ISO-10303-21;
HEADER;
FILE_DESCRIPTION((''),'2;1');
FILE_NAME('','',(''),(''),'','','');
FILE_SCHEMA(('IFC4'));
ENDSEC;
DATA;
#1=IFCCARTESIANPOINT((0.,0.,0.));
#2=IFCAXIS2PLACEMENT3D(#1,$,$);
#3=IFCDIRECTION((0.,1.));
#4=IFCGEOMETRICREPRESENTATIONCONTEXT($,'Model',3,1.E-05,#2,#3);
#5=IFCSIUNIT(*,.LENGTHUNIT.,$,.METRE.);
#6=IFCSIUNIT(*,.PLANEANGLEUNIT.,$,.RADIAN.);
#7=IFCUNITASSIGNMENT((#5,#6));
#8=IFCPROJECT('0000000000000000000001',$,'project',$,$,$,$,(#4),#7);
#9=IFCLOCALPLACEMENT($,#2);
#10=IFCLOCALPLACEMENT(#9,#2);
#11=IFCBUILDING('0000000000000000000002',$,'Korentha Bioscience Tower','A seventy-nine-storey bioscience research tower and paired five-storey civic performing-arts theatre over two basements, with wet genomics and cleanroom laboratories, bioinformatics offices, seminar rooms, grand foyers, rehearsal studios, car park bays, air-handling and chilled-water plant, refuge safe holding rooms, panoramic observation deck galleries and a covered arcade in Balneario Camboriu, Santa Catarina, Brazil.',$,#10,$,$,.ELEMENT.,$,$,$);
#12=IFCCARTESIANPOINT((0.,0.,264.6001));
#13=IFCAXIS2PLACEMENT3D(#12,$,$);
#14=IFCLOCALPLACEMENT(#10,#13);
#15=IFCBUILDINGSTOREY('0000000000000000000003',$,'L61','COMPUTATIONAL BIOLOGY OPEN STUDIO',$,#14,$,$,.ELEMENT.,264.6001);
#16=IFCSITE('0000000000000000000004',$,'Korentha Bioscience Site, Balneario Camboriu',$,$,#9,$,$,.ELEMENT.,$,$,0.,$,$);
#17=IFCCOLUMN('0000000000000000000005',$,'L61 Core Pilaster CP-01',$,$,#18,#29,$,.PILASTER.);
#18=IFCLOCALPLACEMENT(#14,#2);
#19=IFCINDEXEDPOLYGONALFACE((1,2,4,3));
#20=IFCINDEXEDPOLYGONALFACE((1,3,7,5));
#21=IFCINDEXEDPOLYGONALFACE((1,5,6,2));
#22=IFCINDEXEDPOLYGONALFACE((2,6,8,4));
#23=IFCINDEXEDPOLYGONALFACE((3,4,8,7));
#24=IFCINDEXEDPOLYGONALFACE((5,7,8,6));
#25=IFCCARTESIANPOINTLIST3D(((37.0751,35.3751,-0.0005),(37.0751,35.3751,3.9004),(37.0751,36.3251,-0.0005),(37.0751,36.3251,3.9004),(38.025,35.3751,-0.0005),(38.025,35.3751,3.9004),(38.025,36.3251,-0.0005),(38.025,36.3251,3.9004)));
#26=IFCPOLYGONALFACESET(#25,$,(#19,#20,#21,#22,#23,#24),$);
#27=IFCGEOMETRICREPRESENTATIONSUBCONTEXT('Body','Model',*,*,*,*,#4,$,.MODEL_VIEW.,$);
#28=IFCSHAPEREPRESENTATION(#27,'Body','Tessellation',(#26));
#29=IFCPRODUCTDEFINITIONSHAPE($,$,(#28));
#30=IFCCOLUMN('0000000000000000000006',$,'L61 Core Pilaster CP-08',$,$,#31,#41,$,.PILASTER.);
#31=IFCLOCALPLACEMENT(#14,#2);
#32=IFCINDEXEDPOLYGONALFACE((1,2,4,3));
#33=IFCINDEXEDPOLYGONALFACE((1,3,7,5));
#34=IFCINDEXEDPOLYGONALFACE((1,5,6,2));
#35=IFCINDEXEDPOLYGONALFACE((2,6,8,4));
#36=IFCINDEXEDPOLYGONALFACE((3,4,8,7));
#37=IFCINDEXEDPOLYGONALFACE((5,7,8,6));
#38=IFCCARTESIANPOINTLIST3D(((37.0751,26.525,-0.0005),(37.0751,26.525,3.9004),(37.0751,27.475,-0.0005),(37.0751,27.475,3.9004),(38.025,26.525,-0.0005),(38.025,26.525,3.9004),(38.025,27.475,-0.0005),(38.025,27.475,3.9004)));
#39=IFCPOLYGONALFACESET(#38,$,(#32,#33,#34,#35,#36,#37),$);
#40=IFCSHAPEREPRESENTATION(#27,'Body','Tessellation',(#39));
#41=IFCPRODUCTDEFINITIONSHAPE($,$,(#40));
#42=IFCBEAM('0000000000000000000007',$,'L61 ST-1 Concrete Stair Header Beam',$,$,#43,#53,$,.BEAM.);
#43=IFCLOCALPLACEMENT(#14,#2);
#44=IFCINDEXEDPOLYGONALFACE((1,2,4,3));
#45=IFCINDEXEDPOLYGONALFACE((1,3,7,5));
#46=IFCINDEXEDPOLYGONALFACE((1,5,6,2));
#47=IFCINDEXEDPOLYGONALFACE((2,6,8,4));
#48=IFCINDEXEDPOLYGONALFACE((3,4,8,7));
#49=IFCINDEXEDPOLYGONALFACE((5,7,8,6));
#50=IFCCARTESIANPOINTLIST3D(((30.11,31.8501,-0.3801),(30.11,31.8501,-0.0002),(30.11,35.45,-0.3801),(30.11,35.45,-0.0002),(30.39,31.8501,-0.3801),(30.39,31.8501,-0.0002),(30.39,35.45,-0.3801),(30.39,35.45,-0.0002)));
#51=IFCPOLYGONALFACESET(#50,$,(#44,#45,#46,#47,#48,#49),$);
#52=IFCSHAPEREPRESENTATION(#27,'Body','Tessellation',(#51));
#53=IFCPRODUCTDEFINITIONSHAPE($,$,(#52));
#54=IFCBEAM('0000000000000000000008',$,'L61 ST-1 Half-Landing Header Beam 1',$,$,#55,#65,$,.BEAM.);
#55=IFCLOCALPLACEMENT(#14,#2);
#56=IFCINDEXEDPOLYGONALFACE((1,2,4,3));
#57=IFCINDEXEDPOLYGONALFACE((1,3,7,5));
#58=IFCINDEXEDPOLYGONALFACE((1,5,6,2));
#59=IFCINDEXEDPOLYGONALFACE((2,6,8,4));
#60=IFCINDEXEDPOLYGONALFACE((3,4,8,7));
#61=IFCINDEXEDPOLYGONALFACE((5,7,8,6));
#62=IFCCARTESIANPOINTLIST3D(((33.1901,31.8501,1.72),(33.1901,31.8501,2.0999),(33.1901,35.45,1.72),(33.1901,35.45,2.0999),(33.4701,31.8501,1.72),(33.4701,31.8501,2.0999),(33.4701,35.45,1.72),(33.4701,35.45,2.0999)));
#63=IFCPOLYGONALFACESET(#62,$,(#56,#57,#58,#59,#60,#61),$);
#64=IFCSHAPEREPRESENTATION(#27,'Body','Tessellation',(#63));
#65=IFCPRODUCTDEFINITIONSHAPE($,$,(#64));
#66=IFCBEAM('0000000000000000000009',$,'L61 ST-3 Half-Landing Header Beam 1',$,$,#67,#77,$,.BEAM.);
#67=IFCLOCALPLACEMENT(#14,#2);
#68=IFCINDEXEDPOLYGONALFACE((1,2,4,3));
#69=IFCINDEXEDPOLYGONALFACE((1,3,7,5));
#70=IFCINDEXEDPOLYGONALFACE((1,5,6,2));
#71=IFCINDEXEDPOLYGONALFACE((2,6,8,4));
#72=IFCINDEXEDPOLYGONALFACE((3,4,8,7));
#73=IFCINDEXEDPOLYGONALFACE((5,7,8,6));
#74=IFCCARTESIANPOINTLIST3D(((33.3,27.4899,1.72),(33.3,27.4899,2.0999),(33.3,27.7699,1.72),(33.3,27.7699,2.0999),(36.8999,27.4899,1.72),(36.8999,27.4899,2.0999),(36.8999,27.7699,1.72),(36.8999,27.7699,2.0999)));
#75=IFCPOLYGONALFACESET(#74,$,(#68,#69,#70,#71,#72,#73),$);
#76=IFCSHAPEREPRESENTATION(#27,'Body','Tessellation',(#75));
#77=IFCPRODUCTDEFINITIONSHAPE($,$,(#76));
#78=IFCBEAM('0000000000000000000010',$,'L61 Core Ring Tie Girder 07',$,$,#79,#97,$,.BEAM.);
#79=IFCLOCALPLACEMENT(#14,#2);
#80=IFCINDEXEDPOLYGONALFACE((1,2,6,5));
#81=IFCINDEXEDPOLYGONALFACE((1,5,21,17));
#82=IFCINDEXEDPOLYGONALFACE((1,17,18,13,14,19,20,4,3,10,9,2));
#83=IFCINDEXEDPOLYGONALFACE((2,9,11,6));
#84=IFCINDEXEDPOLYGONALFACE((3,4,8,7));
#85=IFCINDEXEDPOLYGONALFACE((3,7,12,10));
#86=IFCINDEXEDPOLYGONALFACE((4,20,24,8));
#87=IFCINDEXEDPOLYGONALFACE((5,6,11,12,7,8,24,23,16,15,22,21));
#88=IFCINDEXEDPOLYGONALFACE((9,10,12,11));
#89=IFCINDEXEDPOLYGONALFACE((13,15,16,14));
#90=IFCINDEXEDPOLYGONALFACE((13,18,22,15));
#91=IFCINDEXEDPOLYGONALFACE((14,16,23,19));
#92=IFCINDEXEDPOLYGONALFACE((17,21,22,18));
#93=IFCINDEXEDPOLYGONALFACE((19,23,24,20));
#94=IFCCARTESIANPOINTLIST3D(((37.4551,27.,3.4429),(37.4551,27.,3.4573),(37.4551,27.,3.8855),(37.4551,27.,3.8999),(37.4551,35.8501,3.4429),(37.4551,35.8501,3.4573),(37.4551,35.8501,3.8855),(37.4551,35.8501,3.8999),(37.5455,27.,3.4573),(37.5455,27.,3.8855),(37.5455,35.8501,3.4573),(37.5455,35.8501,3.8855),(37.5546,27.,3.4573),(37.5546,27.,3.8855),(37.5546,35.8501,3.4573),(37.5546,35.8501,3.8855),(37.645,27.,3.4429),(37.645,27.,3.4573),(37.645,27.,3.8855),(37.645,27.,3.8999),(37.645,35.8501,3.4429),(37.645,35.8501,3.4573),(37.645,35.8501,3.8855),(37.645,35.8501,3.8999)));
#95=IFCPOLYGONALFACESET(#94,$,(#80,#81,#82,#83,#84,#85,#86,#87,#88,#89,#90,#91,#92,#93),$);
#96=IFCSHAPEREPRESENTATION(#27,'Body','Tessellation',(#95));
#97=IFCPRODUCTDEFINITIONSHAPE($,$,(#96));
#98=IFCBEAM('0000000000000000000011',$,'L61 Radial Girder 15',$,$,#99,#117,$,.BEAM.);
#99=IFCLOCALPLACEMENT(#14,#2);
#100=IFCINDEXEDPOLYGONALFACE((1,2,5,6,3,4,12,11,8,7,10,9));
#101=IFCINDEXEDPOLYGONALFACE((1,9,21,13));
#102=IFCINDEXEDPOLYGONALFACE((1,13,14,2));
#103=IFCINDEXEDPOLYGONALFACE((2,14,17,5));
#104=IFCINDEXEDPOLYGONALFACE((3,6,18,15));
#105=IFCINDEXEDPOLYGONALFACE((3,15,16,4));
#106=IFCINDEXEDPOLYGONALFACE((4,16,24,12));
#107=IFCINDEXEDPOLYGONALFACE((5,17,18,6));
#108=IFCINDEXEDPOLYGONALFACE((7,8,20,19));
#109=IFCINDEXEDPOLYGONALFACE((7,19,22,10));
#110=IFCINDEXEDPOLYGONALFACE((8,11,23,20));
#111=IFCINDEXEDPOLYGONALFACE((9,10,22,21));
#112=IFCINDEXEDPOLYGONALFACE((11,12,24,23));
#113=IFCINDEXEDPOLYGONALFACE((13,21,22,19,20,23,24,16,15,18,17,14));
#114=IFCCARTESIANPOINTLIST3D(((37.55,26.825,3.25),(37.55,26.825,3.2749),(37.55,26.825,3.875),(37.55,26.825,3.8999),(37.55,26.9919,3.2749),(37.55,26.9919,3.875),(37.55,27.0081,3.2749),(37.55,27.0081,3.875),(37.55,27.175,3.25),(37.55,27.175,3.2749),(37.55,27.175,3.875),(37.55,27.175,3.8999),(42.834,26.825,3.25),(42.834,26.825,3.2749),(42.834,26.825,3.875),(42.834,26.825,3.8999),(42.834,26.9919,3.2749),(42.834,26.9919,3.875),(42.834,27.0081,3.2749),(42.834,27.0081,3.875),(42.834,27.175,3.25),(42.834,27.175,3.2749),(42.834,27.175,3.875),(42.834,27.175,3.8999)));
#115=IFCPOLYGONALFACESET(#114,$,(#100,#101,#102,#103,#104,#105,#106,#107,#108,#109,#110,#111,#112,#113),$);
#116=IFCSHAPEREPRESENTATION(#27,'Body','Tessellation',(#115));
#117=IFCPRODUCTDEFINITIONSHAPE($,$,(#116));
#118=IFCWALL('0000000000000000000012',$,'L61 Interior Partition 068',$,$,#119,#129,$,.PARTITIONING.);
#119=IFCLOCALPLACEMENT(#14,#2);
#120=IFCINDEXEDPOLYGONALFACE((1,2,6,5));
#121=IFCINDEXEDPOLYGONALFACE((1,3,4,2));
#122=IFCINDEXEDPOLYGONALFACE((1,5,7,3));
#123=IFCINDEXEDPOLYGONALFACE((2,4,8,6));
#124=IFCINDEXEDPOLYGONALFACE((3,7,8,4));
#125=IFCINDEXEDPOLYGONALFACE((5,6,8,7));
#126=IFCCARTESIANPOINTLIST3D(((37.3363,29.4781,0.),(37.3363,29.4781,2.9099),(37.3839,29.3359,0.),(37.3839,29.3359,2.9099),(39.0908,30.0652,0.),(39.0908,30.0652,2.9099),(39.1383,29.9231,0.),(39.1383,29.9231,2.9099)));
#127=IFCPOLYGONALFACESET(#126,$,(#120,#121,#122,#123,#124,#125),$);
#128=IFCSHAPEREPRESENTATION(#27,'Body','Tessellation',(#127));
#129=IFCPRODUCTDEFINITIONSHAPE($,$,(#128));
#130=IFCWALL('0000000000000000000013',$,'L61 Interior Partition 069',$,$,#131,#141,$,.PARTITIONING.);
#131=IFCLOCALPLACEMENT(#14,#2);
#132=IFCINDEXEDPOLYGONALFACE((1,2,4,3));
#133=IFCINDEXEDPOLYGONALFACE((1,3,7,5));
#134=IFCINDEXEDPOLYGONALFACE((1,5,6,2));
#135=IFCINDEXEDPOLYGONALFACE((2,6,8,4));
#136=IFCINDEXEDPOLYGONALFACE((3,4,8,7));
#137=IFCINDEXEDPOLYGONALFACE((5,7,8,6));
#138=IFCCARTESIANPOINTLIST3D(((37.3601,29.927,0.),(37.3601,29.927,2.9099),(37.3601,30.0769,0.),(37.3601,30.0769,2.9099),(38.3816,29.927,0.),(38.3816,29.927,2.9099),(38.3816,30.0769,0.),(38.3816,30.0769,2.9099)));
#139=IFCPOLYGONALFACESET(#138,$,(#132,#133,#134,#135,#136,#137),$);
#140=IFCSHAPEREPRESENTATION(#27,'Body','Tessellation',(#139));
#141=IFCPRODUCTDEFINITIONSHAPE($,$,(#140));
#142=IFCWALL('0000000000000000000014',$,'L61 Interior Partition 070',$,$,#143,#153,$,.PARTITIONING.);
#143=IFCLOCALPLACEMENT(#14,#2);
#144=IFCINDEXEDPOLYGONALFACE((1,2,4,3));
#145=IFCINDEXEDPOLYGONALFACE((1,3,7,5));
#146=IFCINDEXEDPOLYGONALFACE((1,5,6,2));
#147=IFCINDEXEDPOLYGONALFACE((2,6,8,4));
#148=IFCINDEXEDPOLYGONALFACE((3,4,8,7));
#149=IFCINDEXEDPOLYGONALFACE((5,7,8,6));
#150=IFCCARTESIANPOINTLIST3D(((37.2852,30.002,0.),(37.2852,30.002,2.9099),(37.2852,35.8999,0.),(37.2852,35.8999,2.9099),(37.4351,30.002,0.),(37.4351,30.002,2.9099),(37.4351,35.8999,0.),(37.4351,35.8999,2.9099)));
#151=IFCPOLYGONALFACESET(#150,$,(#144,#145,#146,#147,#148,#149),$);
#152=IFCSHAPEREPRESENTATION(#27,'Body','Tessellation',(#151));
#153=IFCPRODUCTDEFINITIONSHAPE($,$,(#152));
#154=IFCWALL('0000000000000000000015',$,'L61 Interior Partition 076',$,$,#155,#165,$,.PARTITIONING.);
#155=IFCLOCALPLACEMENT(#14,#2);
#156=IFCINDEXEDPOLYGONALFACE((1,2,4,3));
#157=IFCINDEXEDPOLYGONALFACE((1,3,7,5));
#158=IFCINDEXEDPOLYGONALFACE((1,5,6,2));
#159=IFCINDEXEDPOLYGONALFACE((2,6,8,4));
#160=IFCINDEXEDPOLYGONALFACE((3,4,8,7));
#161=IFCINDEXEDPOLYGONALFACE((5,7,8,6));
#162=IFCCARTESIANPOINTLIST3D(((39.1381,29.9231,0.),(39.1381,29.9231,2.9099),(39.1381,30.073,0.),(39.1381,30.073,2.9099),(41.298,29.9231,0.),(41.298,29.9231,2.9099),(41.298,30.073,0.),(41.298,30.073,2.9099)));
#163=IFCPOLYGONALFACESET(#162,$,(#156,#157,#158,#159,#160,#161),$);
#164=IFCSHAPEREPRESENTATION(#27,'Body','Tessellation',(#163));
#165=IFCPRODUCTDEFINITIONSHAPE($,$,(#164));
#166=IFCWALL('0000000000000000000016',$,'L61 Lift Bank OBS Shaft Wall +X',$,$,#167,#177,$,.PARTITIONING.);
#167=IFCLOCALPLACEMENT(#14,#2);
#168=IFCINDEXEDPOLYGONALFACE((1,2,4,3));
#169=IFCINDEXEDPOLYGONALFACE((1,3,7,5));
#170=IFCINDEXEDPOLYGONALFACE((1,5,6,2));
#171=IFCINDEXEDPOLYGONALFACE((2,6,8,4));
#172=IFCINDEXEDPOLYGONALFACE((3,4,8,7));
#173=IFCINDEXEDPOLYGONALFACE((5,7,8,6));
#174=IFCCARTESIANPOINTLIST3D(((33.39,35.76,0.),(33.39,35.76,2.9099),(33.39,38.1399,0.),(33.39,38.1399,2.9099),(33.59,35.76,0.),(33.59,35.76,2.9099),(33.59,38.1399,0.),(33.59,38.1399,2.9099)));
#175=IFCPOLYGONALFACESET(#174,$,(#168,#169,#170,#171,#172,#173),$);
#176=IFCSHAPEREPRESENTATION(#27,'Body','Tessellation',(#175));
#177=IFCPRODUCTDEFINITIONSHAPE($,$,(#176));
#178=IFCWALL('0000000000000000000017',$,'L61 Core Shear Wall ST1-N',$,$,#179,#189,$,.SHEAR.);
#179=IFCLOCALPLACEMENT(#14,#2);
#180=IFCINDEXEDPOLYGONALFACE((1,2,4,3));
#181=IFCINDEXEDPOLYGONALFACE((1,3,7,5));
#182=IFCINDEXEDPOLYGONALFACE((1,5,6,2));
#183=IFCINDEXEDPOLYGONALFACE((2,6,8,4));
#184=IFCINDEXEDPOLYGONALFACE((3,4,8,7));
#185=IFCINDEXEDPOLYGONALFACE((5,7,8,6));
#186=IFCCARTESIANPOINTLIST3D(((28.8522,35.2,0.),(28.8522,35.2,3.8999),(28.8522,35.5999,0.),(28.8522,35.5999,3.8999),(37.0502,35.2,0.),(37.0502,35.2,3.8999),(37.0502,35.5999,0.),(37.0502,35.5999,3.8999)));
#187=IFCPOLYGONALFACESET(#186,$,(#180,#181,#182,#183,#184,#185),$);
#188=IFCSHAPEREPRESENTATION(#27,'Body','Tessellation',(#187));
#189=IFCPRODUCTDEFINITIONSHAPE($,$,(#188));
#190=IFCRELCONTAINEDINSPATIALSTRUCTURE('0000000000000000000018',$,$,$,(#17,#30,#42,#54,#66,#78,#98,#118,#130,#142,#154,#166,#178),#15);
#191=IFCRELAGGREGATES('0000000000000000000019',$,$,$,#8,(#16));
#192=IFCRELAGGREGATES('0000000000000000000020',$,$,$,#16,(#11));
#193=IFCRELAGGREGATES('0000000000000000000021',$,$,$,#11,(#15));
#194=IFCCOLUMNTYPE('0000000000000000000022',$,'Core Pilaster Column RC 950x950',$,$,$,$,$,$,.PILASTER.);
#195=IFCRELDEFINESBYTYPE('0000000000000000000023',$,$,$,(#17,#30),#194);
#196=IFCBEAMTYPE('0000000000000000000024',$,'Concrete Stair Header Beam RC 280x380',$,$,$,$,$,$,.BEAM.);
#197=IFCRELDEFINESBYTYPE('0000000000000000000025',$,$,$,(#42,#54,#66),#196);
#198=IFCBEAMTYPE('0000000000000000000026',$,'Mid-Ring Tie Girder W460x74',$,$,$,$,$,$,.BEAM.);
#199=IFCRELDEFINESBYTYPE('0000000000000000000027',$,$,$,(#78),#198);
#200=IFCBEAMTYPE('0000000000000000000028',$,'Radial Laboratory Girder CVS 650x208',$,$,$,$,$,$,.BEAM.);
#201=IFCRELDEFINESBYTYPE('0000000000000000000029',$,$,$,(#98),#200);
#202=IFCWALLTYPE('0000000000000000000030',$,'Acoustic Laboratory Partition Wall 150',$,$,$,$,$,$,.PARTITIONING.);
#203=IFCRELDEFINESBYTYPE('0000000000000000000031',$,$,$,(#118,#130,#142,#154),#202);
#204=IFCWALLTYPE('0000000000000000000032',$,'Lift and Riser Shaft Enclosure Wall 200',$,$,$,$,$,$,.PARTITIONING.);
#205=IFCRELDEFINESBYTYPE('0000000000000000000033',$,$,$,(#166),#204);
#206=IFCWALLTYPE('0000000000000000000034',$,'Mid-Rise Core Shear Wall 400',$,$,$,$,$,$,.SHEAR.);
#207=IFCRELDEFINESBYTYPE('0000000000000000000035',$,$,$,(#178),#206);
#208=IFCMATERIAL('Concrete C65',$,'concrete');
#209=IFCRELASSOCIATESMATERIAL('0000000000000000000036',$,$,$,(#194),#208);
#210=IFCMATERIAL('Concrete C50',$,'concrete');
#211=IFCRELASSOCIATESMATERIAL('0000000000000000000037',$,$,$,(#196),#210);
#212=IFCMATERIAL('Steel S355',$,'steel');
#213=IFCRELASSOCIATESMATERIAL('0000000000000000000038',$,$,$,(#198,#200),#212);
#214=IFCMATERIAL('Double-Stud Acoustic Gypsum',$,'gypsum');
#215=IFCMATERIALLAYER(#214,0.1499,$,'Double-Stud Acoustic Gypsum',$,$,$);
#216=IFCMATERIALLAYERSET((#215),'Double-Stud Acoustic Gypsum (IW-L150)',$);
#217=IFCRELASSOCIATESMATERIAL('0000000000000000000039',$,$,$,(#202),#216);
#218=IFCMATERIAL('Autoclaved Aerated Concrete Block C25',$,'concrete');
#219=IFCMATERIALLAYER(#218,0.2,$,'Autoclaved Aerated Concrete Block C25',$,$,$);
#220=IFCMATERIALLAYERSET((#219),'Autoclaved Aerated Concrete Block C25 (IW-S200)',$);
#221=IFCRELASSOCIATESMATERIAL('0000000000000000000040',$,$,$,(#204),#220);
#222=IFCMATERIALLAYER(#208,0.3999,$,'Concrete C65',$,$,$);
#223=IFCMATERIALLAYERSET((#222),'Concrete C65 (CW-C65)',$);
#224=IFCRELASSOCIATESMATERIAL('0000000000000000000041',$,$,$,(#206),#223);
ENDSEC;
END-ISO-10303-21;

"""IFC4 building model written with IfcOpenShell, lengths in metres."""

from ifc_helpers import new_model, si_unit, direction, frame, frame_2d, origin, origin_2d, place, context, subcontext, project, spatial, rectangle, i_section, extrude, material, layer, layer_set, material_profile, profile_set, type_object, element, save


model = new_model("IFC4")

# Units and contexts
model_context = context("Model", 3, precision=1e-05, world=origin(), true_north=direction((0.0, 1.0)))
body_context = subcontext(model_context, "Body", "Model", "MODEL_VIEW")
ifc_project = project(units=[si_unit("LENGTHUNIT", "METRE"), si_unit("PLANEANGLEUNIT", "RADIAN")], contexts=[model_context])

# Site, building, storey
site_placement = place(None, origin())
site = spatial("IfcSite", under=ifc_project, at=site_placement, Name="Korentha Bioscience Site, Balneario Camboriu", CompositionType="ELEMENT", RefElevation=0.0)
building_placement = place(site_placement, origin())
building = spatial("IfcBuilding", under=site, at=building_placement, Name="Korentha Bioscience Tower", Description="A seventy-nine-storey bioscience research tower and paired five-storey civic performing-arts theatre over two basements, with wet genomics and cleanroom laboratories, bioinformatics offices, seminar rooms, grand foyers, rehearsal studios, car park bays, air-handling and chilled-water plant, refuge safe holding rooms, panoramic observation deck galleries and a covered arcade in Balneario Camboriu, Santa Catarina, Brazil.", CompositionType="ELEMENT")
storey_placement = place(building_placement, frame((0.0, 0.0, 264.6001)))
storey = spatial("IfcBuildingStorey", under=building, at=storey_placement, Name="L61", Description="COMPUTATIONAL BIOLOGY OPEN STUDIO", CompositionType="ELEMENT", Elevation=264.6001)

# Columns
ifc_material_1 = material(Name="Concrete C65", Category="concrete")
ifc_material_profile_1 = material_profile(ifc_material_1, rectangle(XDim=0.95, YDim=0.95, at=origin_2d()), Name="Concrete C65")
ifc_profile_set_1 = profile_set([ifc_material_profile_1], Name="Concrete C65 (COL-CP09)")
column_type = type_object("IfcColumnType", Name="Core Pilaster Column RC 950x950", PredefinedType="PILASTER", material=ifc_profile_set_1)
for number, where, z_axis, x_axis, name in (
    (1, (37.55, 35.8501, -0.0005), (0.0, 0.0, 1.0), (1.0, 0.0, 0.0), "L61 Core Pilaster CP-01"),
    (2, (37.55, 27.0, -0.0005), (0.0, 0.0, 1.0), (1.0, 0.0, 0.0), "L61 Core Pilaster CP-08"),
):
    element("IfcColumn", number, at=place(storey_placement, frame(where, z_axis=z_axis, x_axis=x_axis)), inside=storey, type_object=column_type, Name=name, PredefinedType="PILASTER", context=body_context, shape_type="SweptSolid", body=[
        extrude(rectangle(XDim=0.95, YDim=0.95, at=origin_2d()), origin(), (0.0, 0.0, 1.0), 3.9009),
    ])

# Beams
ifc_material_2 = material(Name="Concrete C50", Category="concrete")
ifc_material_profile_2 = material_profile(ifc_material_2, rectangle(XDim=0.28, YDim=0.3799, at=origin_2d()), Name="Concrete C50")
ifc_profile_set_2 = profile_set([ifc_material_profile_2], Name="Concrete C50 (ST-HB380)")
beam_type_1 = type_object("IfcBeamType", Name="Concrete Stair Header Beam RC 280x380", PredefinedType="BEAM", material=ifc_profile_set_2)
for number, where, z_axis, x_axis, name in (
    (3, (30.25, 31.8501, -0.1902), (0.0, 1.0, 0.0), (-1.0, 0.0, 0.0), "L61 ST-1 Concrete Stair Header Beam"),
    (4, (33.3301, 31.8501, 1.9099), (0.0, 1.0, 0.0), (-1.0, 0.0, 0.0), "L61 ST-1 Half-Landing Header Beam 1"),
    (5, (36.8999, 27.6299, 1.9099), (-1.0, 0.0, 0.0), (0.0, -1.0, 0.0), "L61 ST-3 Half-Landing Header Beam 1"),
):
    element("IfcBeam", number, at=place(storey_placement, frame(where, z_axis=z_axis, x_axis=x_axis)), inside=storey, type_object=beam_type_1, Name=name, PredefinedType="BEAM", context=body_context, shape_type="SweptSolid", body=[
        extrude(rectangle(XDim=0.28, YDim=0.3799, at=origin_2d()), origin(), (0.0, 0.0, 1.0), 3.5999),
    ])
ifc_material_3 = material(Name="Steel S355", Category="steel")
ifc_material_profile_3 = material_profile(ifc_material_3, i_section(OverallWidth=0.1899, OverallDepth=0.457, WebThickness=0.009, FlangeThickness=0.0144, at=origin_2d()), Name="Steel S355")
ifc_profile_set_3 = profile_set([ifc_material_profile_3], Name="Steel S355 (MB-460)")
beam_type_2 = type_object("IfcBeamType", Name="Mid-Ring Tie Girder W460x74", PredefinedType="BEAM", material=ifc_profile_set_3)
beam_1_placement = place(storey_placement, frame((37.55, 27.0, 3.6714), z_axis=(0.0, 1.0, 0.0), x_axis=(-1.0, 0.0, 0.0)))
element("IfcBeam", 6, at=beam_1_placement, inside=storey, type_object=beam_type_2, Name="L61 Core Ring Tie Girder 07", PredefinedType="BEAM", context=body_context, shape_type="SweptSolid", body=[
    extrude(i_section(OverallWidth=0.1899, OverallDepth=0.457, WebThickness=0.009, FlangeThickness=0.0144, at=origin_2d()), origin(), (0.0, 0.0, 1.0), 8.8501),
])
ifc_material_profile_4 = material_profile(ifc_material_3, i_section(OverallWidth=0.3501, OverallDepth=0.6499, WebThickness=0.0161, FlangeThickness=0.0249, at=origin_2d()), Name="Steel S355")
ifc_profile_set_4 = profile_set([ifc_material_profile_4], Name="Steel S355 (RB-650)")
beam_type_3 = type_object("IfcBeamType", Name="Radial Laboratory Girder CVS 650x208", PredefinedType="BEAM", material=ifc_profile_set_4)
beam_2_placement = place(storey_placement, frame((37.55, 27.0, 3.575), z_axis=(1.0, 0.0, 0.0), x_axis=(0.0, 1.0, 0.0)))
element("IfcBeam", 7, at=beam_2_placement, inside=storey, type_object=beam_type_3, Name="L61 Radial Girder 15", PredefinedType="BEAM", context=body_context, shape_type="SweptSolid", body=[
    extrude(i_section(OverallWidth=0.3501, OverallDepth=0.6499, WebThickness=0.0161, FlangeThickness=0.0249, at=origin_2d()), origin(), (0.0, 0.0, 1.0), 5.2839),
])

# Walls
ifc_material_4 = material(Name="Double-Stud Acoustic Gypsum", Category="gypsum")
ifc_layer_1 = layer(ifc_material_4, 0.1499, Name="Double-Stud Acoustic Gypsum")
ifc_layer_set_1 = layer_set([ifc_layer_1], Name="Double-Stud Acoustic Gypsum (IW-L150)")
wall_type_1 = type_object("IfcWallType", Name="Acoustic Laboratory Partition Wall 150", PredefinedType="PARTITIONING", material=ifc_layer_set_1)
wall_1_placement = place(storey_placement, frame((37.3601, 29.407, 0.0), z_axis=(0.0, 0.0, 1.0), x_axis=(0.9483, 0.317376, 0.0)))
element("IfcWall", 8, at=wall_1_placement, inside=storey, type_object=wall_type_1, Name="L61 Interior Partition 068", PredefinedType="PARTITIONING", context=body_context, shape_type="SweptSolid", body=[
    extrude(rectangle(XDim=1.8501, YDim=0.1499, at=frame_2d((0.925, 0.0))), origin(), (0.0, 0.0, 1.0), 2.9099),
])
wall_2_placement = place(storey_placement, frame((38.3816, 30.002, 0.0), z_axis=(0.0, 0.0, 1.0), x_axis=(-1.0, 0.0, 0.0)))
element("IfcWall", 9, at=wall_2_placement, inside=storey, type_object=wall_type_1, Name="L61 Interior Partition 069", PredefinedType="PARTITIONING", context=body_context, shape_type="SweptSolid", body=[
    extrude(rectangle(XDim=1.0215, YDim=0.1499, at=frame_2d((0.5107, 0.0))), origin(), (0.0, 0.0, 1.0), 2.9099),
])
wall_3_placement = place(storey_placement, frame((37.3601, 30.002, 0.0), z_axis=(0.0, 0.0, 1.0), x_axis=(0.0, 1.0, 0.0)))
element("IfcWall", 10, at=wall_3_placement, inside=storey, type_object=wall_type_1, Name="L61 Interior Partition 070", PredefinedType="PARTITIONING", context=body_context, shape_type="SweptSolid", body=[
    extrude(rectangle(XDim=5.8979, YDim=0.1499, at=frame_2d((2.949, 0.0))), origin(), (0.0, 0.0, 1.0), 2.9099),
])
wall_4_placement = place(storey_placement, frame((39.1379, 29.998, 0.0), z_axis=(0.0, 0.0, 1.0), x_axis=(1.0, 0.0, 0.0)))
element("IfcWall", 11, at=wall_4_placement, inside=storey, type_object=wall_type_1, Name="L61 Interior Partition 076", PredefinedType="PARTITIONING", context=body_context, shape_type="SweptSolid", body=[
    extrude(rectangle(XDim=2.1599, YDim=0.1499, at=frame_2d((1.0801, 0.0))), origin(), (0.0, 0.0, 1.0), 2.9099),
])
ifc_material_5 = material(Name="Autoclaved Aerated Concrete Block C25", Category="concrete")
ifc_layer_2 = layer(ifc_material_5, 0.2, Name="Autoclaved Aerated Concrete Block C25")
ifc_layer_set_2 = layer_set([ifc_layer_2], Name="Autoclaved Aerated Concrete Block C25 (IW-S200)")
wall_type_2 = type_object("IfcWallType", Name="Lift and Riser Shaft Enclosure Wall 200", PredefinedType="PARTITIONING", material=ifc_layer_set_2)
wall_5_placement = place(storey_placement, frame((33.49, 35.76, 0.0), z_axis=(0.0, 0.0, 1.0), x_axis=(0.0, 1.0, 0.0)))
element("IfcWall", 12, at=wall_5_placement, inside=storey, type_object=wall_type_2, Name="L61 Lift Bank OBS Shaft Wall +X", PredefinedType="PARTITIONING", context=body_context, shape_type="SweptSolid", body=[
    extrude(rectangle(XDim=2.3799, YDim=0.2, at=frame_2d((1.1899, 0.0))), origin(), (0.0, 0.0, 1.0), 2.9099),
])
ifc_layer_3 = layer(ifc_material_1, 0.3999, Name="Concrete C65")
ifc_layer_set_3 = layer_set([ifc_layer_3], Name="Concrete C65 (CW-C65)")
wall_type_3 = type_object("IfcWallType", Name="Mid-Rise Core Shear Wall 400", PredefinedType="SHEAR", material=ifc_layer_set_3)
wall_6_placement = place(storey_placement, frame((28.8521, 35.3999, 0.0), z_axis=(0.0, 0.0, 1.0), x_axis=(1.0, 0.0, 0.0)))
element("IfcWall", 13, at=wall_6_placement, inside=storey, type_object=wall_type_3, Name="L61 Core Shear Wall ST1-N", PredefinedType="SHEAR", context=body_context, shape_type="SweptSolid", body=[
    extrude(rectangle(XDim=8.198, YDim=0.3999, at=frame_2d((4.0991, 0.0))), origin(), (0.0, 0.0, 1.0), 3.8999),
])

save(model, "model.ifc")
